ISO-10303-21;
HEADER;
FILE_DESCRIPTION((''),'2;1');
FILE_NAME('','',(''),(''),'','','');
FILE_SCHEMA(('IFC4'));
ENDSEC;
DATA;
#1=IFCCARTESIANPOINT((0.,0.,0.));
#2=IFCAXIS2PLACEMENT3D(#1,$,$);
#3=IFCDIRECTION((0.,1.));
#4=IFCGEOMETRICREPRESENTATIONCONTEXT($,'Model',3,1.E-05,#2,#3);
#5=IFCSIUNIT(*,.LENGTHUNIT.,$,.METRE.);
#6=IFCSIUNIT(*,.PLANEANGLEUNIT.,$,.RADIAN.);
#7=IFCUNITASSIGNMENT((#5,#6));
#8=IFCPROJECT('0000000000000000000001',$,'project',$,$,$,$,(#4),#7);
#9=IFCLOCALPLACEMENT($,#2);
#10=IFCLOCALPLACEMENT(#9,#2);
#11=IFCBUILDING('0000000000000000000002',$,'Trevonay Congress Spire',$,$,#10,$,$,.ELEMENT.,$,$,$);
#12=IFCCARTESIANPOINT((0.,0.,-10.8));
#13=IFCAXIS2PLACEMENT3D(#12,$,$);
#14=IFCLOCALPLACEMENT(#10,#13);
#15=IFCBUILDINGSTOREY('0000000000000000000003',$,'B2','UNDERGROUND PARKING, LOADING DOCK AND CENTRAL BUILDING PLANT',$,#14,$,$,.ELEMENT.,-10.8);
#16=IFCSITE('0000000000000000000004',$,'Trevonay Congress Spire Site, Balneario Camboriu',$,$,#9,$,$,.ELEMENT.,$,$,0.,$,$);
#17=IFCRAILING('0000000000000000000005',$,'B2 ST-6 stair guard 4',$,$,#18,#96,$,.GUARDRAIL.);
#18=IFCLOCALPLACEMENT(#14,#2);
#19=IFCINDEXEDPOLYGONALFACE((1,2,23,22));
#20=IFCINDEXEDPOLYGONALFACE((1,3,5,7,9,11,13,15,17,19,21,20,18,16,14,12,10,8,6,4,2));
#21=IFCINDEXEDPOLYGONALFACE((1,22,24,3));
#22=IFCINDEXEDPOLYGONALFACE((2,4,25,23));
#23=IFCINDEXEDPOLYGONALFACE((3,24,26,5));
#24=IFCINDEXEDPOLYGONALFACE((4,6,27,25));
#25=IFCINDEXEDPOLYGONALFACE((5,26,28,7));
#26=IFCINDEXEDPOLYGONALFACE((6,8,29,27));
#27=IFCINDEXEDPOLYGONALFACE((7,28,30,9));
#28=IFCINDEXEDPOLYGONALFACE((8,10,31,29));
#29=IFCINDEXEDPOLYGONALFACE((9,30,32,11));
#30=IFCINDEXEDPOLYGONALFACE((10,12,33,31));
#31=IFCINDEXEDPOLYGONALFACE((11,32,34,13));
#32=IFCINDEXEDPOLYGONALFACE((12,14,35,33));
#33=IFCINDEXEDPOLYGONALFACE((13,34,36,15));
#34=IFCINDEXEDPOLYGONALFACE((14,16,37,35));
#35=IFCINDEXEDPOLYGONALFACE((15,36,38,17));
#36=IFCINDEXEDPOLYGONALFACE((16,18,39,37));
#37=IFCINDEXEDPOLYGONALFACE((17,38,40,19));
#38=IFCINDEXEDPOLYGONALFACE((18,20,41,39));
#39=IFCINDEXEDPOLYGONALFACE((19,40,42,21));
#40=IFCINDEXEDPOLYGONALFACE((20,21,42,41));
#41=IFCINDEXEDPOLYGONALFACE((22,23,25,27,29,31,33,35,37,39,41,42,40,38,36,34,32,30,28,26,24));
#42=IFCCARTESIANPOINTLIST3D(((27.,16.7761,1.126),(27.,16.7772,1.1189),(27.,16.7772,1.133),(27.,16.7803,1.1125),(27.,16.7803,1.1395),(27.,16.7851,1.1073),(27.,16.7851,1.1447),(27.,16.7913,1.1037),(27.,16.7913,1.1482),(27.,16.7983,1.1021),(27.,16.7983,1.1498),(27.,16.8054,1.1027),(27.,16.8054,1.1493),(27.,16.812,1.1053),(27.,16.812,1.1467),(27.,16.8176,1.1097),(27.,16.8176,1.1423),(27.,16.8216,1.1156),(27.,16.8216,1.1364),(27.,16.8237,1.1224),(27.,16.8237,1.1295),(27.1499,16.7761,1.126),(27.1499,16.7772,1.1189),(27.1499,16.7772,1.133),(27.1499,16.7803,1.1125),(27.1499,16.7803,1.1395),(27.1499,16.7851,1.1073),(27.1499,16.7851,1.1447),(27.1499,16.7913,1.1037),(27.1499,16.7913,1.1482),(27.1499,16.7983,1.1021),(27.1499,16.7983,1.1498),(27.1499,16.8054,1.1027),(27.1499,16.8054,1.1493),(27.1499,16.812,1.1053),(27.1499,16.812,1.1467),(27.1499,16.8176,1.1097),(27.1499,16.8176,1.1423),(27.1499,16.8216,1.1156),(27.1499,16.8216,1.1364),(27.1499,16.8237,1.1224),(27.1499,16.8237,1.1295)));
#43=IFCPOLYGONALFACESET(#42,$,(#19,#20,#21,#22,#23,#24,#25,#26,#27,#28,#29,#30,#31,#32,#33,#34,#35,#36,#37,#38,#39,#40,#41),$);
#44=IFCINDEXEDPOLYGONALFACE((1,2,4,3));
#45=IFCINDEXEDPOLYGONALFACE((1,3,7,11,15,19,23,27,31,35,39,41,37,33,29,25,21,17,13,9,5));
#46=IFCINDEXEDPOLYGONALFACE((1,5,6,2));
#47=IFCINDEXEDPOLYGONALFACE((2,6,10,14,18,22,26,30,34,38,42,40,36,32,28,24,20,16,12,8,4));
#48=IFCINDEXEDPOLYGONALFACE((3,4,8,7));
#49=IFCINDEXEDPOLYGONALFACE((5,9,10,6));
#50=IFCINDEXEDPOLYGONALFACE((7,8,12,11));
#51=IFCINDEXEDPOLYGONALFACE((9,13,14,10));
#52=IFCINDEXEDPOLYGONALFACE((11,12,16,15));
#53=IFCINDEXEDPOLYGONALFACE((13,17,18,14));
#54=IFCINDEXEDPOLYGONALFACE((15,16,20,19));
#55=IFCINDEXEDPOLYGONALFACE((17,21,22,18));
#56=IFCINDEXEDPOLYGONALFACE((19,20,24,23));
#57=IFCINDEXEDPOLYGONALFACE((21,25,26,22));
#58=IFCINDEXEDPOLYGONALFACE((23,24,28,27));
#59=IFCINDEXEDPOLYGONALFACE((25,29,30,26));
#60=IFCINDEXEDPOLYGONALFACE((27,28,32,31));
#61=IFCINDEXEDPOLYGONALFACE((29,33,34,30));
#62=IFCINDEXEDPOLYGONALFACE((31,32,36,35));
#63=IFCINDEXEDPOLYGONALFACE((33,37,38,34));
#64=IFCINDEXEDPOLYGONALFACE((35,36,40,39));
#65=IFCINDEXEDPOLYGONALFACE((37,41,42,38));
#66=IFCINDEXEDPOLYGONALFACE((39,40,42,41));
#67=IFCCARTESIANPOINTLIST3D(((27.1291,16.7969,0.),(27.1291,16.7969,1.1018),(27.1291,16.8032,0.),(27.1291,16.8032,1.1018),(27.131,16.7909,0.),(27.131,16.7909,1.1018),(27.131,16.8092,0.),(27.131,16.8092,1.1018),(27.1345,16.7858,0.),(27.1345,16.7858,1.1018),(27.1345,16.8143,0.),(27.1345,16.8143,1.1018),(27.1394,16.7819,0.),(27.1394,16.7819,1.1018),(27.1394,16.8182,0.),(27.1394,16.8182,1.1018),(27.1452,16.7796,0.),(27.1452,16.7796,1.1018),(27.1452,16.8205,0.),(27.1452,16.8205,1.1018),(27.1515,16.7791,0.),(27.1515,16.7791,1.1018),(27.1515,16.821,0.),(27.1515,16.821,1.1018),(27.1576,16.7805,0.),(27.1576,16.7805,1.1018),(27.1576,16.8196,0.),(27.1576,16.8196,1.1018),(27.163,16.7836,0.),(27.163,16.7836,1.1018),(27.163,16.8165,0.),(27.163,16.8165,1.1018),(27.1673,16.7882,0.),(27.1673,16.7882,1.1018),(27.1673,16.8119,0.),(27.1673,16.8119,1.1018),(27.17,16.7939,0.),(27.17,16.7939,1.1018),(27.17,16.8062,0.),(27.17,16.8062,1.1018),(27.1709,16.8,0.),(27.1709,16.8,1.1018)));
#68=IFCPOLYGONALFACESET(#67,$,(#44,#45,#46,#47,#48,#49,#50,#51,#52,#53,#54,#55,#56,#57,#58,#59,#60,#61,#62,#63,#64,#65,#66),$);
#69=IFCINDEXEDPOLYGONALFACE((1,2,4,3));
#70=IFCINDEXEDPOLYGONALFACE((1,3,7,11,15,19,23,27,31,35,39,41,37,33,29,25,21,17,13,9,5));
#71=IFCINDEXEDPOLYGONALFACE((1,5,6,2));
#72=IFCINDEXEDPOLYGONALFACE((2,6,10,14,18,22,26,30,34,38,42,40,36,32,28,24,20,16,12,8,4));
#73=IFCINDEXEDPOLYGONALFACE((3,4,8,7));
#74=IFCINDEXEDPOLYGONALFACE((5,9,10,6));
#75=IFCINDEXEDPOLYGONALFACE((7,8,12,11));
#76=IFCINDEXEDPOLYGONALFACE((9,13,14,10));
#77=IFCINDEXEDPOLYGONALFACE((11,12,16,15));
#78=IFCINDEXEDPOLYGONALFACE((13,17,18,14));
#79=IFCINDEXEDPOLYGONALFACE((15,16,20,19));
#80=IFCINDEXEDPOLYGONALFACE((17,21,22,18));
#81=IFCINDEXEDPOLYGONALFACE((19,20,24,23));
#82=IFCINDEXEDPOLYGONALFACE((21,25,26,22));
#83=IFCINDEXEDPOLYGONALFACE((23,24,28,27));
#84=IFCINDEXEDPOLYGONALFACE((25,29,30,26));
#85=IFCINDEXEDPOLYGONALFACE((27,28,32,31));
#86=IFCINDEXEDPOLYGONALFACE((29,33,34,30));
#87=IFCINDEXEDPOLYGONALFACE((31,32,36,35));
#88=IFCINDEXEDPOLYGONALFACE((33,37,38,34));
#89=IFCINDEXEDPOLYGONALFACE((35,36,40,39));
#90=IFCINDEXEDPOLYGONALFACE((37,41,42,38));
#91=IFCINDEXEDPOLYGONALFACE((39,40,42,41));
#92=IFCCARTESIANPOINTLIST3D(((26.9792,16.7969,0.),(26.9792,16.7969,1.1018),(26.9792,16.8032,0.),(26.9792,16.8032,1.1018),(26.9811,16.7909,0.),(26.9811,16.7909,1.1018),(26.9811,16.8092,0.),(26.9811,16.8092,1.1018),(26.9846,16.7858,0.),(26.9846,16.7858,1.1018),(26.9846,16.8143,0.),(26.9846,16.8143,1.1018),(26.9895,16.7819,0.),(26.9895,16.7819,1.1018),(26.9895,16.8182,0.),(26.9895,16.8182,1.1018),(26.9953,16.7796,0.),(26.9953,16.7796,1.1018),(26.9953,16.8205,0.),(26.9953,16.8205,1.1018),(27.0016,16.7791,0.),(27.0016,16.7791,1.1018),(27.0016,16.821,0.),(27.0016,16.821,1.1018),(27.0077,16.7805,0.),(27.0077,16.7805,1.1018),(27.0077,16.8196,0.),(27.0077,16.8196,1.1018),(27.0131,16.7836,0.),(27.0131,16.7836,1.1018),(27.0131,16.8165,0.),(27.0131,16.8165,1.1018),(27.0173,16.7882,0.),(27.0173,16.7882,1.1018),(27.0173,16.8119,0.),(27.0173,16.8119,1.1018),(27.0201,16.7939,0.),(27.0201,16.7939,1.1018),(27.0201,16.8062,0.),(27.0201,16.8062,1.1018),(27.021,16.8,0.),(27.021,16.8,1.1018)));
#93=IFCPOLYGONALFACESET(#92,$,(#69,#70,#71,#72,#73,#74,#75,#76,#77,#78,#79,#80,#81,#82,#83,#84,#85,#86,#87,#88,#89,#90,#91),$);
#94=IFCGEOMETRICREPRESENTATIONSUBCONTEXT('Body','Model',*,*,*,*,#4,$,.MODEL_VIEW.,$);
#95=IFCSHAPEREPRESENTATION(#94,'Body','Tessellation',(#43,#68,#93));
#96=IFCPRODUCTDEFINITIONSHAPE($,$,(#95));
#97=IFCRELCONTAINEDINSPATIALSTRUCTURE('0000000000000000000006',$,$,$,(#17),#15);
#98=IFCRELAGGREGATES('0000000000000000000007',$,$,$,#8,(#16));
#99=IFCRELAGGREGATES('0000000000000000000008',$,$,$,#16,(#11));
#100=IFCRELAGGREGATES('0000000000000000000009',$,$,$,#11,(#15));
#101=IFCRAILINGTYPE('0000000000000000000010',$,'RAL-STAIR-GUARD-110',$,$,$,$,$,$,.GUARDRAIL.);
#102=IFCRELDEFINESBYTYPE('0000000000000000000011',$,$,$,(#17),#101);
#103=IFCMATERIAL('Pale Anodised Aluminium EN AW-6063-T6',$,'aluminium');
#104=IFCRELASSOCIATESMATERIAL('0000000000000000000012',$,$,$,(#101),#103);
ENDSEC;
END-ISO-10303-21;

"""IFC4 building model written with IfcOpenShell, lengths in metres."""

from ifc_helpers import new_model, si_unit, direction, frame, origin, origin_2d, place, context, subcontext, project, spatial, circle, extrude, material, type_object, element, save


model = new_model("IFC4")

# Units and contexts
model_context = context("Model", 3, precision=1e-05, world=origin(), true_north=direction((0.0, 1.0)))
body_context = subcontext(model_context, "Body", "Model", "MODEL_VIEW")
ifc_project = project(units=[si_unit("LENGTHUNIT", "METRE"), si_unit("PLANEANGLEUNIT", "RADIAN")], contexts=[model_context])

# Site, building, storey
site_placement = place(None, origin())
site = spatial("IfcSite", under=ifc_project, at=site_placement, Name="Trevonay Congress Spire Site, Balneario Camboriu", CompositionType="ELEMENT", RefElevation=0.0)
building_placement = place(site_placement, origin())
building = spatial("IfcBuilding", under=site, at=building_placement, Name="Trevonay Congress Spire", CompositionType="ELEMENT")
storey_placement = place(building_placement, frame((0.0, 0.0, -10.8)))
storey = spatial("IfcBuildingStorey", under=building, at=storey_placement, Name="B2", Description="UNDERGROUND PARKING, LOADING DOCK AND CENTRAL BUILDING PLANT", CompositionType="ELEMENT", Elevation=-10.8)

# Railing
ifc_material_1 = material(Name="Pale Anodised Aluminium EN AW-6063-T6", Category="aluminium")
railing_type_1 = type_object("IfcRailingType", Name="RAL-STAIR-GUARD-110", PredefinedType="GUARDRAIL", material=ifc_material_1)
railing_1_placement = place(storey_placement, frame((27.1499, 16.8, 0.0)))
element("IfcRailing", 1, at=railing_1_placement, inside=storey, type_object=railing_type_1, Name="B2 ST-6 stair guard 4", PredefinedType="GUARDRAIL", context=body_context, shape_type="SweptSolid", body=[
    extrude(circle(Radius=0.0239, at=origin_2d()), frame((0.0, 0.0, 1.126), z_axis=(-1.0, 0.0, 0.0), x_axis=(0.0, -1.0, 0.0)), (0.0, 0.0, 1.0), 0.1499),
    extrude(circle(Radius=0.021, at=origin_2d()), origin(), (0.0, 0.0, 1.0), 1.1018),
    extrude(circle(Radius=0.021, at=origin_2d()), frame((-0.1499, 0.0, 0.0)), (0.0, 0.0, 1.0), 1.1018),
])

save(model, "model.ifc")
